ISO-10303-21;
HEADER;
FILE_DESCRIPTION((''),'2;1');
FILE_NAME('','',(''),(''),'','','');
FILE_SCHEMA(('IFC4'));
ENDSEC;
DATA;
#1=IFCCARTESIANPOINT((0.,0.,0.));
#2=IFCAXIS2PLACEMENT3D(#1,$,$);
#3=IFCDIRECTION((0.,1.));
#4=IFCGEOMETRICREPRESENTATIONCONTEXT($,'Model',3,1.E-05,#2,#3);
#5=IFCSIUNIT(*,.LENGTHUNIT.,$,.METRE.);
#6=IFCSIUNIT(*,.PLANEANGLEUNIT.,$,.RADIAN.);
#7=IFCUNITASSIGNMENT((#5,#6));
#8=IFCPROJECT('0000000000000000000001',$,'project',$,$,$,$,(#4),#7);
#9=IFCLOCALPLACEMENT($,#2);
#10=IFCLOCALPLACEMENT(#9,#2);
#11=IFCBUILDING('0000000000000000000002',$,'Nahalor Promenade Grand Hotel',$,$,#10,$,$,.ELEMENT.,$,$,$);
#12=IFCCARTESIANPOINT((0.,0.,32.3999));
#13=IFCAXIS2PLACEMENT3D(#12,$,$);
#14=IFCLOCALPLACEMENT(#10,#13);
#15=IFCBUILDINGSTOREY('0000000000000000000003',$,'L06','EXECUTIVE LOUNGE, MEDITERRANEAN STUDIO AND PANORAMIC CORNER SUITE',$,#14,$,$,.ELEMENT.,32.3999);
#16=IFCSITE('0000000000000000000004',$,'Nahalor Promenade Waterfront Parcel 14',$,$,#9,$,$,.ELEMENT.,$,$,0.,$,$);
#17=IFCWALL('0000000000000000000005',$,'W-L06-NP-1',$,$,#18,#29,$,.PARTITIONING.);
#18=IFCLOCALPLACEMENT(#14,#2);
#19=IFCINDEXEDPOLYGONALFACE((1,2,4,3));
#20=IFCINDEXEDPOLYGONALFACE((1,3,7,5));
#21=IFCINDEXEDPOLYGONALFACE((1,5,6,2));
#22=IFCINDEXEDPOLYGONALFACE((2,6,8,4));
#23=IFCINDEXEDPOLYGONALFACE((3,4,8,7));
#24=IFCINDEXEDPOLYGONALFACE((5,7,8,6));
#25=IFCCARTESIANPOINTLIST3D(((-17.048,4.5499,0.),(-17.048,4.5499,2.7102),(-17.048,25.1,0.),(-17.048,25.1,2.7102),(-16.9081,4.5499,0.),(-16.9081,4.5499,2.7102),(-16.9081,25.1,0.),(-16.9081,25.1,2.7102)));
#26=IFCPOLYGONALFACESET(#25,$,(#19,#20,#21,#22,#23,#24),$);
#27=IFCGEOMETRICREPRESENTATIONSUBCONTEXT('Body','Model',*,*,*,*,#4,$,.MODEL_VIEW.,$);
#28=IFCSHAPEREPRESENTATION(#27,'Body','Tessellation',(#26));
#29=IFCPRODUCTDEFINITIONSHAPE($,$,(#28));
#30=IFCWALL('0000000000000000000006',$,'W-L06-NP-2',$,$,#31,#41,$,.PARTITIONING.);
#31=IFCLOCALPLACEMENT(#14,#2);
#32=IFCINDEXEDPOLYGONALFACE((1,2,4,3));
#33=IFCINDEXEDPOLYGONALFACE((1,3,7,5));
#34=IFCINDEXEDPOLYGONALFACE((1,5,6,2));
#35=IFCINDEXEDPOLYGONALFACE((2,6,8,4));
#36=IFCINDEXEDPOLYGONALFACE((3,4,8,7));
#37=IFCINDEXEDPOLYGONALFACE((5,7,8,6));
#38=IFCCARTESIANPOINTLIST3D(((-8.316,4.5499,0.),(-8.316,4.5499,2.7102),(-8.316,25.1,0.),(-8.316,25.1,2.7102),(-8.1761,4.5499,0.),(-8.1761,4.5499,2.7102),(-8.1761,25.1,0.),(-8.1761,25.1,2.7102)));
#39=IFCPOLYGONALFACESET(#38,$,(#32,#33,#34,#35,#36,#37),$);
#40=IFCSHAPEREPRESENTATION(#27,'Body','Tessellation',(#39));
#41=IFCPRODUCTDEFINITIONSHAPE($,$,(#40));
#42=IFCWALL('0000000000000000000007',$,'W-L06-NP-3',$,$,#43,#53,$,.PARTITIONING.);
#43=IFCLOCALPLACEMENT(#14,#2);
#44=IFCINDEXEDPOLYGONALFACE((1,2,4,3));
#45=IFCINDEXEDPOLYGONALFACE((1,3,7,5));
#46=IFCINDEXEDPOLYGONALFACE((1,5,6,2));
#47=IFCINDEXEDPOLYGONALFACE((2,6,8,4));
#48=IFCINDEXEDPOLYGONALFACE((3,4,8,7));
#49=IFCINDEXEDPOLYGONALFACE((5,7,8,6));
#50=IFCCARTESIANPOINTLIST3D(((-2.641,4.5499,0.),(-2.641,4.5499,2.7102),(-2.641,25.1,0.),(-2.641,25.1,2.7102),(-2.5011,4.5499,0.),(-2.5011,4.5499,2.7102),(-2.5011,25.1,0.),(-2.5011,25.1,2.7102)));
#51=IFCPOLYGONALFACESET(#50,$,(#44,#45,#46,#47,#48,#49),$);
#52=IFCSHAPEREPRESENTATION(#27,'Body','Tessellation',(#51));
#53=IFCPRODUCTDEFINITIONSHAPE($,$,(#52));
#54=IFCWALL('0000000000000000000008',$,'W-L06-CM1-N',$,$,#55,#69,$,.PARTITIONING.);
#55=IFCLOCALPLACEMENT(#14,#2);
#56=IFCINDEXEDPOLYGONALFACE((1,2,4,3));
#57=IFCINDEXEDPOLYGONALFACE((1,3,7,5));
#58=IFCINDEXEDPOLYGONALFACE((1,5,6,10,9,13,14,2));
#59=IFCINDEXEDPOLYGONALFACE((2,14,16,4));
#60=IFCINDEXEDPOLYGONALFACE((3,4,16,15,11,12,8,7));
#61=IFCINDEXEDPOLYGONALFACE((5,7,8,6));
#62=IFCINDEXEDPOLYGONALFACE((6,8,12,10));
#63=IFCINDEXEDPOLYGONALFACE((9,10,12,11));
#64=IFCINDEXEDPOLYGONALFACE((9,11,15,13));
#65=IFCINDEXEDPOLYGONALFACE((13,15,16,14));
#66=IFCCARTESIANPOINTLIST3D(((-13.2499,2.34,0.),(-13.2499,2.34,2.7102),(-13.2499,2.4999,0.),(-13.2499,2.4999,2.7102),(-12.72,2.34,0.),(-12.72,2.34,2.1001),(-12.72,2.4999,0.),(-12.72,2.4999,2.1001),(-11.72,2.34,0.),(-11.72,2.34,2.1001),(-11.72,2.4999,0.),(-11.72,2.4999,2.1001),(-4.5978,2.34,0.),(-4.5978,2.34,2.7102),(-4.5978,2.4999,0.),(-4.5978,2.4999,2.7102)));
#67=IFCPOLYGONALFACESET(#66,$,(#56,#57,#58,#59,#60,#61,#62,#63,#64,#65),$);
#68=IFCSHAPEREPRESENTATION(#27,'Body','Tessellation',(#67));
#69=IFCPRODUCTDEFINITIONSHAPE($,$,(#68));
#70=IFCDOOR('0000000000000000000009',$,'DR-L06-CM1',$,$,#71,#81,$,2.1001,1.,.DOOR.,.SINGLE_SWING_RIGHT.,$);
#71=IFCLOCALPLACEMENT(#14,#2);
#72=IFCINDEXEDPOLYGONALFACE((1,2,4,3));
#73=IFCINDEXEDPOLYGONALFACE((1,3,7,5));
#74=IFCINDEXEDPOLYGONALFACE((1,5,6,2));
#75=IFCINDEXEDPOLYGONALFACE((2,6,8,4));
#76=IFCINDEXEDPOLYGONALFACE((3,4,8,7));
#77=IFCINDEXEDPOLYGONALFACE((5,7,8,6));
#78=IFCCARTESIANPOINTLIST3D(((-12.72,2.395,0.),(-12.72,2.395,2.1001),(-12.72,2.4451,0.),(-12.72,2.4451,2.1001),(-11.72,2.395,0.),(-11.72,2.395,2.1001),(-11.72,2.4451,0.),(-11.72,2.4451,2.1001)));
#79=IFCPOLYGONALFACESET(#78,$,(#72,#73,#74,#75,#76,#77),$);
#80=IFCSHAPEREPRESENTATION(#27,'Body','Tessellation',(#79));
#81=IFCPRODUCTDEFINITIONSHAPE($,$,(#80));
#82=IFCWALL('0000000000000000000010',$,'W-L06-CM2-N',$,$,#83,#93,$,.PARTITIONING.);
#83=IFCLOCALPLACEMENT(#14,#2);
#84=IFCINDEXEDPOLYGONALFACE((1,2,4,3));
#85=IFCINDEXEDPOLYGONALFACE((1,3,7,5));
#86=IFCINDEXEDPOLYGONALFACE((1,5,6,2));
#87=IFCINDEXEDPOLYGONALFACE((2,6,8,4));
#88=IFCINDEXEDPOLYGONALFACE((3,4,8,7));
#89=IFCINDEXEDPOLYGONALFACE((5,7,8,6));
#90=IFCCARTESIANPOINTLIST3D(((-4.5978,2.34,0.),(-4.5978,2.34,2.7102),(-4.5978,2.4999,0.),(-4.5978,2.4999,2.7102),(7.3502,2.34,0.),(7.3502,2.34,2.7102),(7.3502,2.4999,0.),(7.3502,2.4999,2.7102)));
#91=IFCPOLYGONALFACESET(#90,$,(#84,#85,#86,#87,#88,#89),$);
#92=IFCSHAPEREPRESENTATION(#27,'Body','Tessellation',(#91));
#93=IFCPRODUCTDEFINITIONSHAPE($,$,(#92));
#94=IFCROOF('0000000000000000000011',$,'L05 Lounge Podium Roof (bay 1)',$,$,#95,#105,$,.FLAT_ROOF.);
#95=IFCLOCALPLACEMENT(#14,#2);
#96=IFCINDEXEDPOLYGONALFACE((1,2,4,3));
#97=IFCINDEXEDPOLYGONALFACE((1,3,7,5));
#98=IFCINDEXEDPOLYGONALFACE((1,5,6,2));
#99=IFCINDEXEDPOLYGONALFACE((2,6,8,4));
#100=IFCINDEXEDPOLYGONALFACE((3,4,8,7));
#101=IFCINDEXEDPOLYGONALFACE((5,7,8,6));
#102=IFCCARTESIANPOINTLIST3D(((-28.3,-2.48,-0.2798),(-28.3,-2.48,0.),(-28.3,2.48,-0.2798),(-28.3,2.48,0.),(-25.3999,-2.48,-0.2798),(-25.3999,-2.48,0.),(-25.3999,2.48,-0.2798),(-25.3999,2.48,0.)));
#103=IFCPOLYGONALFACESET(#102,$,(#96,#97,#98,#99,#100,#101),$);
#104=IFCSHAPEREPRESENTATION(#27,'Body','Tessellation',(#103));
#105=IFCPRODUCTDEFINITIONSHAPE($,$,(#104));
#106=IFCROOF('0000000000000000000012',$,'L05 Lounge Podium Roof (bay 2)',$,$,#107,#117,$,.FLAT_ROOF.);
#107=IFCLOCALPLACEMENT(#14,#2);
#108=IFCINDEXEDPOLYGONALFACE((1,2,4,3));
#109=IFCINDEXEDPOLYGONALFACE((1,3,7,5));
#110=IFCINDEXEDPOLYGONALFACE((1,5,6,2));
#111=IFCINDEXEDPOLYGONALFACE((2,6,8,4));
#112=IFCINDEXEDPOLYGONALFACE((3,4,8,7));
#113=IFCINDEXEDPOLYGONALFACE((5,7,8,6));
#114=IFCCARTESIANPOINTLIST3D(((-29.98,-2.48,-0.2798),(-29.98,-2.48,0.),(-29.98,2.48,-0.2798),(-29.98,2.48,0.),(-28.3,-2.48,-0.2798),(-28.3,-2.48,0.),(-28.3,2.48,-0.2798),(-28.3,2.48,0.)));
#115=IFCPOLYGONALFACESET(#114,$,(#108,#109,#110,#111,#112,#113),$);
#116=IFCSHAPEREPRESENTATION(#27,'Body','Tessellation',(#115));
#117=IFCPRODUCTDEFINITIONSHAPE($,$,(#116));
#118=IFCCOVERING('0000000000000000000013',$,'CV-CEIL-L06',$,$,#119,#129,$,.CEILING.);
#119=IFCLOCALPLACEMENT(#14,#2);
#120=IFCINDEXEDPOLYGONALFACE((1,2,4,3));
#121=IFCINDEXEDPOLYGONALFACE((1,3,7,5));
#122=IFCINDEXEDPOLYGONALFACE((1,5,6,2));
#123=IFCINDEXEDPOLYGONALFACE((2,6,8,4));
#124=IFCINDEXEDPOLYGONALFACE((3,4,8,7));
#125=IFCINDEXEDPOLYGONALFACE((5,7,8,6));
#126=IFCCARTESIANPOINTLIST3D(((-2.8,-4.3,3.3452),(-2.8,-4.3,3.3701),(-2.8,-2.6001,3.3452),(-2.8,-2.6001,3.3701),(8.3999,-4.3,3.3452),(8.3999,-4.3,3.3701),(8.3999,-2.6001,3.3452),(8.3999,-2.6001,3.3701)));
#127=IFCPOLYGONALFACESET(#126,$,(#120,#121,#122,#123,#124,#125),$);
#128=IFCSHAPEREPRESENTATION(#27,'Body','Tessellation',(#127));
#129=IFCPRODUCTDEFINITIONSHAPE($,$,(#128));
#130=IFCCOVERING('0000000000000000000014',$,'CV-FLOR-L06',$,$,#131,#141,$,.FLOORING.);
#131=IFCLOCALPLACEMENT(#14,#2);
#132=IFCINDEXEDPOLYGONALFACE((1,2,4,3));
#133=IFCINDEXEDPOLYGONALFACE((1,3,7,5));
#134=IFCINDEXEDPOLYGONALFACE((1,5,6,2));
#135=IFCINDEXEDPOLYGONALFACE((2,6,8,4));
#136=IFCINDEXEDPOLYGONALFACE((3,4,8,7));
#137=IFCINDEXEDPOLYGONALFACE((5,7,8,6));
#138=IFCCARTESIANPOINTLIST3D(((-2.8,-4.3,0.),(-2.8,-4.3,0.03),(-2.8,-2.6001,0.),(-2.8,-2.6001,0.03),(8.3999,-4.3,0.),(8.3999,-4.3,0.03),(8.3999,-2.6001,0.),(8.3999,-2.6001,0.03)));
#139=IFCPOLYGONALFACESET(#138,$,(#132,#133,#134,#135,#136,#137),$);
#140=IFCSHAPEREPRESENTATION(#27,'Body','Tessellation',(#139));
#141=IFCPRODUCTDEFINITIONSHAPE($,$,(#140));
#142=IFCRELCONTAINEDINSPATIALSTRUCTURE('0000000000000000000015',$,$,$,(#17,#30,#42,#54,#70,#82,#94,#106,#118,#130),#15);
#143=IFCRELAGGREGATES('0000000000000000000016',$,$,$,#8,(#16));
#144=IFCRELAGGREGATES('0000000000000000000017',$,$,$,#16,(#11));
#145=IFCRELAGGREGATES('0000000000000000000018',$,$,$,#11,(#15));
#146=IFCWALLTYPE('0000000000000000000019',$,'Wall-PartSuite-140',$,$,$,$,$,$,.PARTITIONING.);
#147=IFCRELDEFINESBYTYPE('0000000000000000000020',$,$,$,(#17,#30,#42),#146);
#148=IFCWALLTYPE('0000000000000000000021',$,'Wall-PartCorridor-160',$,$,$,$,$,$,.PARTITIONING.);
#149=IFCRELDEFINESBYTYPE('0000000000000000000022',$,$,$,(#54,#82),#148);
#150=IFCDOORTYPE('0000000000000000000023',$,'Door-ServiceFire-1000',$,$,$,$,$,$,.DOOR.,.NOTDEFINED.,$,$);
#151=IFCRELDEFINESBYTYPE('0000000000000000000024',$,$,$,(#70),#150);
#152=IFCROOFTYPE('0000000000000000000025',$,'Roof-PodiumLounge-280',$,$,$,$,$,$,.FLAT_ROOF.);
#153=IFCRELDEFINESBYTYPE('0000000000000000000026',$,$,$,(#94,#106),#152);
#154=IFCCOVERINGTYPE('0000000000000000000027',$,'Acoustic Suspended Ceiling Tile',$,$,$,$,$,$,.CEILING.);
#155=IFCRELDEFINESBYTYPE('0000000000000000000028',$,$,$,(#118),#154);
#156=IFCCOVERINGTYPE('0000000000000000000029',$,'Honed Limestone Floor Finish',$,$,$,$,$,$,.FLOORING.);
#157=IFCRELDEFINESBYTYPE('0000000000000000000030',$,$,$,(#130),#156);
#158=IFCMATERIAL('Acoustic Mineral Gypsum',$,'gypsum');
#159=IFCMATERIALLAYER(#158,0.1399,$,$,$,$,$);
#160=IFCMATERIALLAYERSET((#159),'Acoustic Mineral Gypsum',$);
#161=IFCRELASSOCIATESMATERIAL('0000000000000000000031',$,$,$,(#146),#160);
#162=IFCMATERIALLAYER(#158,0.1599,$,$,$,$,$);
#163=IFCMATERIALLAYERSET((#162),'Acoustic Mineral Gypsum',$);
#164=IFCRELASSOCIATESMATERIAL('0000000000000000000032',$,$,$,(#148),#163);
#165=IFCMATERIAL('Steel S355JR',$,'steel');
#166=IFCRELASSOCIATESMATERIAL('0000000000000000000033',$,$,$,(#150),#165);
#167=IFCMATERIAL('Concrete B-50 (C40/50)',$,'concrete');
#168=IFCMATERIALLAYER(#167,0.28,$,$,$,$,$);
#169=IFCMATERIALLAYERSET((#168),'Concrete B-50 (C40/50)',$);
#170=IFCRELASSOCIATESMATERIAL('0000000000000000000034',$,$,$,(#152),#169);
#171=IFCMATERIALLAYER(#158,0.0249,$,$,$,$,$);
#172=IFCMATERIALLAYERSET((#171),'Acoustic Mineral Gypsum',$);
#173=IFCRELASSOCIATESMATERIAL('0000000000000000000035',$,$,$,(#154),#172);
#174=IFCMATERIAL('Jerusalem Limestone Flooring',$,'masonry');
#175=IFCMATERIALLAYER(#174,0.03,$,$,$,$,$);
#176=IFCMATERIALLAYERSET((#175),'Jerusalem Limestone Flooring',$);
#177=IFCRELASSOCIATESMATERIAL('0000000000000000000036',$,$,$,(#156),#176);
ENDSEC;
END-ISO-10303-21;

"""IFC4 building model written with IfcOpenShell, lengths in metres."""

from ifc_helpers import new_model, si_unit, direction, frame, frame_2d, origin, place, context, subcontext, project, spatial, polyline, rectangle, outline, extrude, source, transform, mapped, material, layer, layer_set, type_object, element, fill, save


model = new_model("IFC4")

# Units and contexts
model_context = context("Model", 3, precision=1e-05, world=origin(), true_north=direction((0.0, 1.0)))
body_context = subcontext(model_context, "Body", "Model", "MODEL_VIEW")
ifc_project = project(units=[si_unit("LENGTHUNIT", "METRE"), si_unit("PLANEANGLEUNIT", "RADIAN")], contexts=[model_context])

# Site, building, storey
site_placement = place(None, origin())
site = spatial("IfcSite", under=ifc_project, at=site_placement, Name="Nahalor Promenade Waterfront Parcel 14", CompositionType="ELEMENT", RefElevation=0.0)
building_placement = place(site_placement, origin())
building = spatial("IfcBuilding", under=site, at=building_placement, Name="Nahalor Promenade Grand Hotel", CompositionType="ELEMENT")
storey_placement = place(building_placement, frame((0.0, 0.0, 32.3999)))
storey = spatial("IfcBuildingStorey", under=building, at=storey_placement, Name="L06", Description="EXECUTIVE LOUNGE, MEDITERRANEAN STUDIO AND PANORAMIC CORNER SUITE", CompositionType="ELEMENT", Elevation=32.3999)

# Shared definitions
ifc_material_1 = material(Name="Steel S355JR", Category="steel")

# Shared definitions
ifc_material_2 = material(Name="Concrete B-50 (C40/50)", Category="concrete")

# Walls
ifc_material_3 = material(Name="Acoustic Mineral Gypsum", Category="gypsum")
ifc_layer_1 = layer(ifc_material_3, 0.1399)
ifc_layer_set_1 = layer_set([ifc_layer_1], Name="Acoustic Mineral Gypsum")
wall_type_1 = type_object("IfcWallType", Name="Wall-PartSuite-140", PredefinedType="PARTITIONING", material=ifc_layer_set_1)
shared_shape_1 = source(origin(), body_context, "Body", "SweptSolid", [
    extrude(rectangle(XDim=20.55, YDim=0.1399, at=frame_2d((10.2749, 0.0))), origin(), (0.0, 0.0, 1.0), 2.7102),
])
for number, where, z_axis, x_axis, name in (
    (1, (-16.978, 4.55, 0.0), (0.0, 0.0, 1.0), (0.0, 1.0, 0.0), "W-L06-NP-1"),
    (2, (-8.2461, 4.55, 0.0), (0.0, 0.0, 1.0), (0.0, 1.0, 0.0), "W-L06-NP-2"),
    (3, (-2.571, 4.55, 0.0), (0.0, 0.0, 1.0), (0.0, 1.0, 0.0), "W-L06-NP-3"),
):
    element("IfcWall", number, at=place(storey_placement, frame(where, z_axis=z_axis, x_axis=x_axis)), inside=storey, type_object=wall_type_1, Name=name, PredefinedType="PARTITIONING", context=body_context, shape_type="MappedRepresentation", body=[
        mapped(shared_shape_1, transform((0.0, 0.0, 0.0), scale=1.0)),
    ])

# Wall, opening, door
ifc_layer_2 = layer(ifc_material_3, 0.1599)
ifc_layer_set_2 = layer_set([ifc_layer_2], Name="Acoustic Mineral Gypsum")
wall_type_2 = type_object("IfcWallType", Name="Wall-PartCorridor-160", PredefinedType="PARTITIONING", material=ifc_layer_set_2)
shared_shape_2 = source(origin(), body_context, "Body", "SweptSolid", [
    extrude(rectangle(XDim=8.6521, YDim=0.1599, at=frame_2d((4.3262, 0.0))), origin(), (0.0, 0.0, 1.0), 2.7102),
])
wall_1_placement = place(storey_placement, frame((-13.25, 2.4199, 0.0), z_axis=(0.0, 0.0, 1.0), x_axis=(1.0, 0.0, 0.0)))
wall_1 = element("IfcWall", 4, at=wall_1_placement, inside=storey, type_object=wall_type_2, Name="W-L06-CM1-N", PredefinedType="PARTITIONING", context=body_context, shape_type="MappedRepresentation", body=[
    mapped(shared_shape_2, transform((0.0, 0.0, 0.0), scale=1.0)),
])
opening_placement = place(wall_1_placement, frame((0.53, 0.0, 0.0)))
opening = element("IfcOpeningElement", 5, at=opening_placement, cuts=wall_1, PredefinedType="OPENING", context=body_context, shape_type="SweptSolid", body=[
    extrude(rectangle(XDim=1.0, YDim=2.1001, at=frame_2d((0.5, 1.05))), frame((0.0, 0.0898, 0.0), z_axis=(0.0, -1.0, 0.0), x_axis=(1.0, 0.0, 0.0)), (0.0, 0.0, 1.0), 0.1799),
])
door_type = type_object("IfcDoorType", Name="Door-ServiceFire-1000", OperationType="NOTDEFINED", PredefinedType="DOOR", material=ifc_material_1)
shared_shape_3 = source(origin(), body_context, "Body", "SweptSolid", [
    extrude(rectangle(XDim=1.0, YDim=2.1001, at=frame_2d((0.5, 1.05))), frame((0.0, 0.0249, 0.0), z_axis=(0.0, -1.0, 0.0), x_axis=(1.0, 0.0, 0.0)), (0.0, 0.0, 1.0), 0.05),
])
door_placement = place(opening_placement, frame((1.0, 0.0, 0.0), z_axis=(0.0, 0.0, 1.0), x_axis=(-1.0, 0.0, 0.0)))
door = element("IfcDoor", 6, at=door_placement, inside=storey, type_object=door_type, Name="DR-L06-CM1", OperationType="SINGLE_SWING_RIGHT", OverallHeight=2.1001, OverallWidth=1.0, PredefinedType="DOOR", context=body_context, shape_type="MappedRepresentation", body=[
    mapped(shared_shape_3, transform((0.0, 0.0, 0.0), scale=1.0)),
])
fill(opening, door)

# Wall
shared_shape_4 = source(origin(), body_context, "Body", "SweptSolid", [
    extrude(rectangle(XDim=11.948, YDim=0.1599, at=frame_2d((5.9741, 0.0))), origin(), (0.0, 0.0, 1.0), 2.7102),
])
wall_2_placement = place(storey_placement, frame((-4.5979, 2.4199, 0.0), z_axis=(0.0, 0.0, 1.0), x_axis=(1.0, 0.0, 0.0)))
element("IfcWall", 7, at=wall_2_placement, inside=storey, type_object=wall_type_2, Name="W-L06-CM2-N", PredefinedType="PARTITIONING", context=body_context, shape_type="MappedRepresentation", body=[
    mapped(shared_shape_4, transform((0.0, 0.0, 0.0), scale=1.0)),
])

# Roofs
ifc_layer_3 = layer(ifc_material_2, 0.28)
ifc_layer_set_3 = layer_set([ifc_layer_3], Name="Concrete B-50 (C40/50)")
roof_type = type_object("IfcRoofType", Name="Roof-PodiumLounge-280", PredefinedType="FLAT_ROOF", material=ifc_layer_set_3)
roof_1_placement = place(storey_placement, frame((0.0, 0.0, -0.2798)))
element("IfcRoof", 8, at=roof_1_placement, inside=storey, type_object=roof_type, Name="L05 Lounge Podium Roof (bay 1)", PredefinedType="FLAT_ROOF", context=body_context, shape_type="SweptSolid", body=[
    extrude(outline(polyline([(-28.3, -2.48), (-25.3999, -2.48), (-25.3999, 2.48), (-28.3, 2.48), (-28.3, -2.48)])), origin(), (0.0, 0.0, 1.0), 0.2798),
])
roof_2_placement = place(storey_placement, frame((0.0, 0.0, -0.2798)))
element("IfcRoof", 9, at=roof_2_placement, inside=storey, type_object=roof_type, Name="L05 Lounge Podium Roof (bay 2)", PredefinedType="FLAT_ROOF", context=body_context, shape_type="SweptSolid", body=[
    extrude(outline(polyline([(-29.98, -2.48), (-28.3, -2.48), (-28.3, 2.48), (-29.98, 2.48), (-29.98, -2.48)])), origin(), (0.0, 0.0, 1.0), 0.2798),
])

# Coverings
ifc_layer_4 = layer(ifc_material_3, 0.0249)
ifc_layer_set_4 = layer_set([ifc_layer_4], Name="Acoustic Mineral Gypsum")
covering_type_1 = type_object("IfcCoveringType", Name="Acoustic Suspended Ceiling Tile", PredefinedType="CEILING", material=ifc_layer_set_4)
covering_1_placement = place(storey_placement, frame((0.0, 0.0, 3.3452)))
element("IfcCovering", 10, at=covering_1_placement, inside=storey, type_object=covering_type_1, Name="CV-CEIL-L06", PredefinedType="CEILING", context=body_context, shape_type="SweptSolid", body=[
    extrude(outline(polyline([(-2.8, -4.3), (8.3999, -4.3), (8.3999, -2.6001), (-2.8, -2.6001), (-2.8, -4.3)])), origin(), (0.0, 0.0, 1.0), 0.0249),
])
ifc_material_4 = material(Name="Jerusalem Limestone Flooring", Category="masonry")
ifc_layer_5 = layer(ifc_material_4, 0.03)
ifc_layer_set_5 = layer_set([ifc_layer_5], Name="Jerusalem Limestone Flooring")
covering_type_2 = type_object("IfcCoveringType", Name="Honed Limestone Floor Finish", PredefinedType="FLOORING", material=ifc_layer_set_5)
covering_2_placement = place(storey_placement, origin())
element("IfcCovering", 11, at=covering_2_placement, inside=storey, type_object=covering_type_2, Name="CV-FLOR-L06", PredefinedType="FLOORING", context=body_context, shape_type="SweptSolid", body=[
    extrude(outline(polyline([(-2.8, -4.3), (8.3999, -4.3), (8.3999, -2.6001), (-2.8, -2.6001), (-2.8, -4.3)])), origin(), (0.0, 0.0, 1.0), 0.03),
])

save(model, "model.ifc")
